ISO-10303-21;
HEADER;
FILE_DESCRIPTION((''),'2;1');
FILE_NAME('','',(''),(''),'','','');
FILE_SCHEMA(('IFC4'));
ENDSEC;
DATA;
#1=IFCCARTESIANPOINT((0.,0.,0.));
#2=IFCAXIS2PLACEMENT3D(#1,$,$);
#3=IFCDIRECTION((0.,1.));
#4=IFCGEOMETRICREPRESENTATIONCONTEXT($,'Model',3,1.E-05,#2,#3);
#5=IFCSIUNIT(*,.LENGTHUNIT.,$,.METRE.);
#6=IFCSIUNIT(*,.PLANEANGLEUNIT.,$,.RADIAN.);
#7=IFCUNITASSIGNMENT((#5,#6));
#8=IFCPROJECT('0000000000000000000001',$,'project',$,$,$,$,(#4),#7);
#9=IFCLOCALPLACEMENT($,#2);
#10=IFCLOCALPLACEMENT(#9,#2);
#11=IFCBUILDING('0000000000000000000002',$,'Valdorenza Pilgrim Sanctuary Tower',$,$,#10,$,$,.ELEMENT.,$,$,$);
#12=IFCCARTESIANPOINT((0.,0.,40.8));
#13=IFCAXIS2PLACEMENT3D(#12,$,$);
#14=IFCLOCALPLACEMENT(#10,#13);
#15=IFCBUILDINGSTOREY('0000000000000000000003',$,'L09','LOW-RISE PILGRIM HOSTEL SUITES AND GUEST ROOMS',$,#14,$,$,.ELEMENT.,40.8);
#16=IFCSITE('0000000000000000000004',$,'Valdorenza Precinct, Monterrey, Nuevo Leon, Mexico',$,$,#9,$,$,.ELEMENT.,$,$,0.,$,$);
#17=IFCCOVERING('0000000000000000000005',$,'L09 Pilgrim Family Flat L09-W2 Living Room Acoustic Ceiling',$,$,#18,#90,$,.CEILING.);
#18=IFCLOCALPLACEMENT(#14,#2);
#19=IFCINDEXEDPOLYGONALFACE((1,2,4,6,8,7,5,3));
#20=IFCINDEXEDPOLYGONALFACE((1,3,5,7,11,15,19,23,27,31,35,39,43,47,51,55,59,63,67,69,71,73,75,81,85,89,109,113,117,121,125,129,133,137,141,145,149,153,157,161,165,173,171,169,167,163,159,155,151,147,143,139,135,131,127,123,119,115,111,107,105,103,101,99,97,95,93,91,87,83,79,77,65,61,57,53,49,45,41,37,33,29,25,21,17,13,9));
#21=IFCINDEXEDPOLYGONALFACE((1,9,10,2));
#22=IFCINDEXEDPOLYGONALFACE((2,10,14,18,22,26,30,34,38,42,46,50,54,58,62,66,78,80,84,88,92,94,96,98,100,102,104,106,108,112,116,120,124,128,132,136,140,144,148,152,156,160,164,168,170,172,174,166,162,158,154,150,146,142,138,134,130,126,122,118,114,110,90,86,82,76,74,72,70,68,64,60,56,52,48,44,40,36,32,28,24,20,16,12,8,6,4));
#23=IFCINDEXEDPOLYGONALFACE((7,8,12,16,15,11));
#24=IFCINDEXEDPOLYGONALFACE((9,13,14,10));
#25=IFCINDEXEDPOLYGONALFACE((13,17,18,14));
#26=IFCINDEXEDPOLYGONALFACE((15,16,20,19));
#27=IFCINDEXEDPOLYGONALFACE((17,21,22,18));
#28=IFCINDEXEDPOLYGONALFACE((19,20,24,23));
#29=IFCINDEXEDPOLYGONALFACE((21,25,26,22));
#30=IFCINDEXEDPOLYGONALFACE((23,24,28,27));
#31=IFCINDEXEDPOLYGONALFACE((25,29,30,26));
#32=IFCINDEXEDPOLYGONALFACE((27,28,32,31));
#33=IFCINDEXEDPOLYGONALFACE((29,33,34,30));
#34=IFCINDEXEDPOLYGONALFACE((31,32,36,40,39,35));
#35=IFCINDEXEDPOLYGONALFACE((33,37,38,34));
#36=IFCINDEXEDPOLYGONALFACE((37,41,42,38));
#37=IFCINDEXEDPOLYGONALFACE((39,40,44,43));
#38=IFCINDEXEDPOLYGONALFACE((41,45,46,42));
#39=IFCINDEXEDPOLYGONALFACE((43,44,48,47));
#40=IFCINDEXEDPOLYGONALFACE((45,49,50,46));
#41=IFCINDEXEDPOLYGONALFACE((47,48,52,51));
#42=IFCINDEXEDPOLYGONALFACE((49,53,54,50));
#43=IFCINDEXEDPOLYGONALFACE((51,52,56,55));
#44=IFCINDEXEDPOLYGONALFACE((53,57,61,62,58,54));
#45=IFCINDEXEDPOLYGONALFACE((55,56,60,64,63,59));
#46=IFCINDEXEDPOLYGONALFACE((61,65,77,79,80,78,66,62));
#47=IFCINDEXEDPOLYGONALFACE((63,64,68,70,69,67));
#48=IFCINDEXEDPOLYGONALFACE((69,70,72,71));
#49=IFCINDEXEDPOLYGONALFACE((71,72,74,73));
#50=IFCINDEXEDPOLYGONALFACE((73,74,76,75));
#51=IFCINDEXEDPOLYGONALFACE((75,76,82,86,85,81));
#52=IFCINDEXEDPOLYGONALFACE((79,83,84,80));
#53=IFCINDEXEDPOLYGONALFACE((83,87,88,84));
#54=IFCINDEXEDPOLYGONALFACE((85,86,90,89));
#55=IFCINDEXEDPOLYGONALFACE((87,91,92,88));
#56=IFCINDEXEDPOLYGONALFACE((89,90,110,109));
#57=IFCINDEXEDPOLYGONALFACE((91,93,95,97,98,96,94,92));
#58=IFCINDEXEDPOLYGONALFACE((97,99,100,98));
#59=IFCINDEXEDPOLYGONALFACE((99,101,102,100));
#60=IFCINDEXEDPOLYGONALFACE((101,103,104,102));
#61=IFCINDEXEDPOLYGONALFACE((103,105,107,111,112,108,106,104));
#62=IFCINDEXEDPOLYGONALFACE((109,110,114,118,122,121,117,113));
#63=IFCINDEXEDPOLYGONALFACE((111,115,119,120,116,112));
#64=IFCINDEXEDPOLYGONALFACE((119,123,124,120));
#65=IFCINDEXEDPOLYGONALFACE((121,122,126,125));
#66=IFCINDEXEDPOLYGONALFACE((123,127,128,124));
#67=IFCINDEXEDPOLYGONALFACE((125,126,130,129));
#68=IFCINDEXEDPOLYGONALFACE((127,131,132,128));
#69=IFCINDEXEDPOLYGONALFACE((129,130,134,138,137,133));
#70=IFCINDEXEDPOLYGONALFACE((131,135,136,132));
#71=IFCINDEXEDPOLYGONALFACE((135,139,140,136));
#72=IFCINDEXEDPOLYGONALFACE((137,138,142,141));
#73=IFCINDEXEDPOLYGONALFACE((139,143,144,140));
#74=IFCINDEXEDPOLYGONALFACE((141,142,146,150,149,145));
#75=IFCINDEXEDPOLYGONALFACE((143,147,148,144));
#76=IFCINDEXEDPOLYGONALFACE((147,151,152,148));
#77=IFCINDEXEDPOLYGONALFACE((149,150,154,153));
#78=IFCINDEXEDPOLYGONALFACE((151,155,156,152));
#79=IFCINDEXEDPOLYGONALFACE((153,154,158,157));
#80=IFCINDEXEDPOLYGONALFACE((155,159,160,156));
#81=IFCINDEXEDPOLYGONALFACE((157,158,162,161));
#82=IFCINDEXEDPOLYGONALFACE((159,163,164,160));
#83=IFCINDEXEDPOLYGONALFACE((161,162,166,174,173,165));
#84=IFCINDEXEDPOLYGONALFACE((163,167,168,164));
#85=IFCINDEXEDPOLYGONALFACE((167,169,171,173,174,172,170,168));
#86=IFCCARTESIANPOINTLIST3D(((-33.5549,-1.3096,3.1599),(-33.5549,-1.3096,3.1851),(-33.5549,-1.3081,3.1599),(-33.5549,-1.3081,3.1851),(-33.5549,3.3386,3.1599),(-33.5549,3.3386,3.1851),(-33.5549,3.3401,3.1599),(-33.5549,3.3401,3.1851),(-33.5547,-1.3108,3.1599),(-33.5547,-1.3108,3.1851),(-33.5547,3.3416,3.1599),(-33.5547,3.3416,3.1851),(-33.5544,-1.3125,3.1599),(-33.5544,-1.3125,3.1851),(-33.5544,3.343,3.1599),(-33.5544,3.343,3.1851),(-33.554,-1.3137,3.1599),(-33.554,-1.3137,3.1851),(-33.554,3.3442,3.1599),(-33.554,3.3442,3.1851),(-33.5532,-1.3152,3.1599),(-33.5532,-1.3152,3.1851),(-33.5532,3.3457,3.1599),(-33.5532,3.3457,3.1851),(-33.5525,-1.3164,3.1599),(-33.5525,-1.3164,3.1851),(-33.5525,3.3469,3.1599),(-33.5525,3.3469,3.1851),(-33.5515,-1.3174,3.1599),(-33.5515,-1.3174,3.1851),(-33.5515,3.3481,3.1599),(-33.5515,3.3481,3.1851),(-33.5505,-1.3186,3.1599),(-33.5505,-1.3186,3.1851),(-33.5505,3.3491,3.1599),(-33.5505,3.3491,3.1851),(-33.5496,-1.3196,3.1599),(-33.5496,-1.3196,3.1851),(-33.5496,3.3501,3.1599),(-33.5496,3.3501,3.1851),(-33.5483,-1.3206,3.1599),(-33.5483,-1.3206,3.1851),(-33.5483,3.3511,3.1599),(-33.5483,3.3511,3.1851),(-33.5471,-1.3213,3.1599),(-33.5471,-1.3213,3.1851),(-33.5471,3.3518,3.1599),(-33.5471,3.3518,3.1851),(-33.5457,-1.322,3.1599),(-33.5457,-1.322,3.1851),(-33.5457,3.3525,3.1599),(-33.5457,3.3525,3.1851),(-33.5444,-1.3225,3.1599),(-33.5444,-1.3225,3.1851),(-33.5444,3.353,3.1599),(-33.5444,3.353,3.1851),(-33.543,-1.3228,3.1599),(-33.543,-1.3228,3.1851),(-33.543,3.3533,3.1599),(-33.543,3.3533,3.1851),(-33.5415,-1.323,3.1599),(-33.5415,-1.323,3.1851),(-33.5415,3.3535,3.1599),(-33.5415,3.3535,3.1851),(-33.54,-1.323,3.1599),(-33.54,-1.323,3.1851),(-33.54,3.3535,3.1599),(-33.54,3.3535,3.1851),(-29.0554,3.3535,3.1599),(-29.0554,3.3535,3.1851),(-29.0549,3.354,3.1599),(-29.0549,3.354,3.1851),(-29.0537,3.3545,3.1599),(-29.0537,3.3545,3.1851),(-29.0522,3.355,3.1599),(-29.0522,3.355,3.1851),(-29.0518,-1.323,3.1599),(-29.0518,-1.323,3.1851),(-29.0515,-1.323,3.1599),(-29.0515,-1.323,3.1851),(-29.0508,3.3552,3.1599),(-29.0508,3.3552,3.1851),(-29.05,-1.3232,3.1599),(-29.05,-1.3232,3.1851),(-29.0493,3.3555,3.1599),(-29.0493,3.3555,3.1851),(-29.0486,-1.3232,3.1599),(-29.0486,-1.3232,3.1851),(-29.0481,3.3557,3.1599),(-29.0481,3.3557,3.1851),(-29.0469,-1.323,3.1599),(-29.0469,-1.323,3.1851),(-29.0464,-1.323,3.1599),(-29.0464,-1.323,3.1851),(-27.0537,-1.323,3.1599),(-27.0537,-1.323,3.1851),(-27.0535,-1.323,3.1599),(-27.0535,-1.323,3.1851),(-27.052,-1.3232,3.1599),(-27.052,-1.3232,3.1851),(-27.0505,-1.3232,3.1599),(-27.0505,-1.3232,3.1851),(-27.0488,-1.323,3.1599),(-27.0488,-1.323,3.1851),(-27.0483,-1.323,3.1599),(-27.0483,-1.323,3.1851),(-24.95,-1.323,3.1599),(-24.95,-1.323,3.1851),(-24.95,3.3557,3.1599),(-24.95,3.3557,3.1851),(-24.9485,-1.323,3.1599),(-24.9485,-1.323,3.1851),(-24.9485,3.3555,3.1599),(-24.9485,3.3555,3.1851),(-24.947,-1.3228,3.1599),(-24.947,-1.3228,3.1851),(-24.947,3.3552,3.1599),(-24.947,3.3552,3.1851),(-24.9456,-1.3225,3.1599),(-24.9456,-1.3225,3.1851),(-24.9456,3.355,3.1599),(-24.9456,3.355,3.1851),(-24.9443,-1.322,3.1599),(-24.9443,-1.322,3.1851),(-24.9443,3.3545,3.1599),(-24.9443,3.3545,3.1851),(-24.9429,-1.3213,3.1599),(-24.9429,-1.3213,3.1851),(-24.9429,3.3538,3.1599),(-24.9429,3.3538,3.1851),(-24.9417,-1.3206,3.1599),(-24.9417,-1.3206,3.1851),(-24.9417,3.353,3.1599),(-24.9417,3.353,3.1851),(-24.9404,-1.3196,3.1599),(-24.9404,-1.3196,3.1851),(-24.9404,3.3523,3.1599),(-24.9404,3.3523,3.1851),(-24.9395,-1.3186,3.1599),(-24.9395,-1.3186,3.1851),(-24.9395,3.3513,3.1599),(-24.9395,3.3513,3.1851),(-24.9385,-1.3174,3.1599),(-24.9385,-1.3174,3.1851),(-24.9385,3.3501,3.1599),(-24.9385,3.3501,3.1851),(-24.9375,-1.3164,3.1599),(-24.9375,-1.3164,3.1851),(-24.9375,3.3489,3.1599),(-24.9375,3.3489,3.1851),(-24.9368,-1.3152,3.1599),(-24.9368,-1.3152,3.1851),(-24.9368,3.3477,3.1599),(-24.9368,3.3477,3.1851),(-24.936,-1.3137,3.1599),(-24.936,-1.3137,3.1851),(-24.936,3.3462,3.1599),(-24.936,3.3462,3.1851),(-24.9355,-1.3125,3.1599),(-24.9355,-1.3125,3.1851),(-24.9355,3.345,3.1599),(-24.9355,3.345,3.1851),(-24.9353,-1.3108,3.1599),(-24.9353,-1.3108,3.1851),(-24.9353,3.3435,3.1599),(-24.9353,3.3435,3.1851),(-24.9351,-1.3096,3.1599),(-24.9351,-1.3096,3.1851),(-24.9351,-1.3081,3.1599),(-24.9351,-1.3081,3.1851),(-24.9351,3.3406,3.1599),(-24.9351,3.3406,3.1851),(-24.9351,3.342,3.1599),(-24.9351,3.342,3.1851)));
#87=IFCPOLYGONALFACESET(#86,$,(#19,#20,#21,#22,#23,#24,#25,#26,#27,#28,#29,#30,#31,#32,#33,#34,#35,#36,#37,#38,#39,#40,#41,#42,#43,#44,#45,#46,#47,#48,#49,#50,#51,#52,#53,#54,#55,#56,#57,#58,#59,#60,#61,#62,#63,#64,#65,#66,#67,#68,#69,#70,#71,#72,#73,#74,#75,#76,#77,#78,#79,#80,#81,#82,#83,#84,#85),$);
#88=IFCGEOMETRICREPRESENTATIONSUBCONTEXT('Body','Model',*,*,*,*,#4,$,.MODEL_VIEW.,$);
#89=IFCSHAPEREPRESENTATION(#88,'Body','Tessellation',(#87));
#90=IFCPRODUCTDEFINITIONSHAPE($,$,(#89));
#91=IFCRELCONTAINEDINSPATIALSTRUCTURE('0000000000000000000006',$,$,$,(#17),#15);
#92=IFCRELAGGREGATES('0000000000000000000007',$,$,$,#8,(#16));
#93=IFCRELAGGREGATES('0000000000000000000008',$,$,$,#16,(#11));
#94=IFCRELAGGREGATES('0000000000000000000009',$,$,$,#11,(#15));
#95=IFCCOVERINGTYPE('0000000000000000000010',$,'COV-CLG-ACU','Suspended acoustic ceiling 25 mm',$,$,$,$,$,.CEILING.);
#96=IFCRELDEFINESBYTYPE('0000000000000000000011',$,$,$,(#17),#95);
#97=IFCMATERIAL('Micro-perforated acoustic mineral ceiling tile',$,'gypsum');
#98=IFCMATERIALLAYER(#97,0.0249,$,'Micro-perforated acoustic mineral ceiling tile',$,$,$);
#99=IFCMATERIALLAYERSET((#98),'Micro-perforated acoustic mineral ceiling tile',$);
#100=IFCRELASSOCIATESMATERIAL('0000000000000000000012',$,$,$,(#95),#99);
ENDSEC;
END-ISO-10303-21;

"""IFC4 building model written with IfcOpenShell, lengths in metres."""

from ifc_helpers import new_model, si_unit, direction, frame, origin, place, context, subcontext, project, spatial, polyline, outline, extrude, material, layer, layer_set, type_object, element, save


model = new_model("IFC4")

# Units and contexts
model_context = context("Model", 3, precision=1e-05, world=origin(), true_north=direction((0.0, 1.0)))
body_context = subcontext(model_context, "Body", "Model", "MODEL_VIEW")
ifc_project = project(units=[si_unit("LENGTHUNIT", "METRE"), si_unit("PLANEANGLEUNIT", "RADIAN")], contexts=[model_context])

# Site, building, storey
site_placement = place(None, origin())
site = spatial("IfcSite", under=ifc_project, at=site_placement, Name="Valdorenza Precinct, Monterrey, Nuevo Leon, Mexico", CompositionType="ELEMENT", RefElevation=0.0)
building_placement = place(site_placement, origin())
building = spatial("IfcBuilding", under=site, at=building_placement, Name="Valdorenza Pilgrim Sanctuary Tower", CompositionType="ELEMENT")
storey_placement = place(building_placement, frame((0.0, 0.0, 40.8)))
storey = spatial("IfcBuildingStorey", under=building, at=storey_placement, Name="L09", Description="LOW-RISE PILGRIM HOSTEL SUITES AND GUEST ROOMS", CompositionType="ELEMENT", Elevation=40.8)

# Covering
ifc_material_1 = material(Name="Micro-perforated acoustic mineral ceiling tile", Category="gypsum")
ifc_layer_1 = layer(ifc_material_1, 0.0249, Name="Micro-perforated acoustic mineral ceiling tile")
ifc_layer_set_1 = layer_set([ifc_layer_1], Name="Micro-perforated acoustic mineral ceiling tile")
covering_type_1 = type_object("IfcCoveringType", Name="COV-CLG-ACU", Description="Suspended acoustic ceiling 25 mm", PredefinedType="CEILING", material=ifc_layer_set_1)
covering_1_placement = place(storey_placement, frame((0.0, 0.0, 3.1599)))
element("IfcCovering", 1, at=covering_1_placement, inside=storey, type_object=covering_type_1, Name="L09 Pilgrim Family Flat L09-W2 Living Room Acoustic Ceiling", PredefinedType="CEILING", context=body_context, shape_type="SweptSolid", body=[
    extrude(outline(polyline([(-29.0554, 3.3535), (-29.0549, 3.354), (-29.0537, 3.3545), (-29.0522, 3.355), (-29.0508, 3.3552), (-29.0493, 3.3555), (-29.0481, 3.3557), (-24.95, 3.3557), (-24.9485, 3.3555), (-24.947, 3.3552), (-24.9456, 3.355), (-24.9443, 3.3545), (-24.9429, 3.3538), (-24.9417, 3.353), (-24.9404, 3.3523), (-24.9395, 3.3513), (-24.9385, 3.3501), (-24.9375, 3.3489), (-24.9368, 3.3477), (-24.936, 3.3462), (-24.9355, 3.345), (-24.9353, 3.3435), (-24.9351, 3.342), (-24.9351, 3.3406), (-24.9351, -1.3081), (-24.9351, -1.3096), (-24.9353, -1.3108), (-24.9355, -1.3125), (-24.936, -1.3137), (-24.9368, -1.3152), (-24.9375, -1.3164), (-24.9385, -1.3174), (-24.9395, -1.3186), (-24.9404, -1.3196), (-24.9417, -1.3206), (-24.9429, -1.3213), (-24.9443, -1.322), (-24.9456, -1.3225), (-24.947, -1.3228), (-24.9485, -1.323), (-24.95, -1.323), (-27.0483, -1.323), (-27.0488, -1.323), (-27.0505, -1.3232), (-27.052, -1.3232), (-27.0535, -1.323), (-27.0537, -1.323), (-29.0464, -1.323), (-29.0469, -1.323), (-29.0486, -1.3232), (-29.05, -1.3232), (-29.0515, -1.323), (-29.0518, -1.323), (-33.54, -1.323), (-33.5415, -1.323), (-33.543, -1.3228), (-33.5444, -1.3225), (-33.5457, -1.322), (-33.5471, -1.3213), (-33.5483, -1.3206), (-33.5496, -1.3196), (-33.5505, -1.3186), (-33.5515, -1.3174), (-33.5525, -1.3164), (-33.5532, -1.3152), (-33.554, -1.3137), (-33.5544, -1.3125), (-33.5547, -1.3108), (-33.5549, -1.3096), (-33.5549, -1.3081), (-33.5549, 3.3386), (-33.5549, 3.3401), (-33.5547, 3.3416), (-33.5544, 3.343), (-33.554, 3.3442), (-33.5532, 3.3457), (-33.5525, 3.3469), (-33.5515, 3.3481), (-33.5505, 3.3491), (-33.5496, 3.3501), (-33.5483, 3.3511), (-33.5471, 3.3518), (-33.5457, 3.3525), (-33.5444, 3.353), (-33.543, 3.3533), (-33.5415, 3.3535), (-33.54, 3.3535), (-29.0554, 3.3535)])), origin(), (0.0, 0.0, 1.0), 0.0251),
])

save(model, "model.ifc")
